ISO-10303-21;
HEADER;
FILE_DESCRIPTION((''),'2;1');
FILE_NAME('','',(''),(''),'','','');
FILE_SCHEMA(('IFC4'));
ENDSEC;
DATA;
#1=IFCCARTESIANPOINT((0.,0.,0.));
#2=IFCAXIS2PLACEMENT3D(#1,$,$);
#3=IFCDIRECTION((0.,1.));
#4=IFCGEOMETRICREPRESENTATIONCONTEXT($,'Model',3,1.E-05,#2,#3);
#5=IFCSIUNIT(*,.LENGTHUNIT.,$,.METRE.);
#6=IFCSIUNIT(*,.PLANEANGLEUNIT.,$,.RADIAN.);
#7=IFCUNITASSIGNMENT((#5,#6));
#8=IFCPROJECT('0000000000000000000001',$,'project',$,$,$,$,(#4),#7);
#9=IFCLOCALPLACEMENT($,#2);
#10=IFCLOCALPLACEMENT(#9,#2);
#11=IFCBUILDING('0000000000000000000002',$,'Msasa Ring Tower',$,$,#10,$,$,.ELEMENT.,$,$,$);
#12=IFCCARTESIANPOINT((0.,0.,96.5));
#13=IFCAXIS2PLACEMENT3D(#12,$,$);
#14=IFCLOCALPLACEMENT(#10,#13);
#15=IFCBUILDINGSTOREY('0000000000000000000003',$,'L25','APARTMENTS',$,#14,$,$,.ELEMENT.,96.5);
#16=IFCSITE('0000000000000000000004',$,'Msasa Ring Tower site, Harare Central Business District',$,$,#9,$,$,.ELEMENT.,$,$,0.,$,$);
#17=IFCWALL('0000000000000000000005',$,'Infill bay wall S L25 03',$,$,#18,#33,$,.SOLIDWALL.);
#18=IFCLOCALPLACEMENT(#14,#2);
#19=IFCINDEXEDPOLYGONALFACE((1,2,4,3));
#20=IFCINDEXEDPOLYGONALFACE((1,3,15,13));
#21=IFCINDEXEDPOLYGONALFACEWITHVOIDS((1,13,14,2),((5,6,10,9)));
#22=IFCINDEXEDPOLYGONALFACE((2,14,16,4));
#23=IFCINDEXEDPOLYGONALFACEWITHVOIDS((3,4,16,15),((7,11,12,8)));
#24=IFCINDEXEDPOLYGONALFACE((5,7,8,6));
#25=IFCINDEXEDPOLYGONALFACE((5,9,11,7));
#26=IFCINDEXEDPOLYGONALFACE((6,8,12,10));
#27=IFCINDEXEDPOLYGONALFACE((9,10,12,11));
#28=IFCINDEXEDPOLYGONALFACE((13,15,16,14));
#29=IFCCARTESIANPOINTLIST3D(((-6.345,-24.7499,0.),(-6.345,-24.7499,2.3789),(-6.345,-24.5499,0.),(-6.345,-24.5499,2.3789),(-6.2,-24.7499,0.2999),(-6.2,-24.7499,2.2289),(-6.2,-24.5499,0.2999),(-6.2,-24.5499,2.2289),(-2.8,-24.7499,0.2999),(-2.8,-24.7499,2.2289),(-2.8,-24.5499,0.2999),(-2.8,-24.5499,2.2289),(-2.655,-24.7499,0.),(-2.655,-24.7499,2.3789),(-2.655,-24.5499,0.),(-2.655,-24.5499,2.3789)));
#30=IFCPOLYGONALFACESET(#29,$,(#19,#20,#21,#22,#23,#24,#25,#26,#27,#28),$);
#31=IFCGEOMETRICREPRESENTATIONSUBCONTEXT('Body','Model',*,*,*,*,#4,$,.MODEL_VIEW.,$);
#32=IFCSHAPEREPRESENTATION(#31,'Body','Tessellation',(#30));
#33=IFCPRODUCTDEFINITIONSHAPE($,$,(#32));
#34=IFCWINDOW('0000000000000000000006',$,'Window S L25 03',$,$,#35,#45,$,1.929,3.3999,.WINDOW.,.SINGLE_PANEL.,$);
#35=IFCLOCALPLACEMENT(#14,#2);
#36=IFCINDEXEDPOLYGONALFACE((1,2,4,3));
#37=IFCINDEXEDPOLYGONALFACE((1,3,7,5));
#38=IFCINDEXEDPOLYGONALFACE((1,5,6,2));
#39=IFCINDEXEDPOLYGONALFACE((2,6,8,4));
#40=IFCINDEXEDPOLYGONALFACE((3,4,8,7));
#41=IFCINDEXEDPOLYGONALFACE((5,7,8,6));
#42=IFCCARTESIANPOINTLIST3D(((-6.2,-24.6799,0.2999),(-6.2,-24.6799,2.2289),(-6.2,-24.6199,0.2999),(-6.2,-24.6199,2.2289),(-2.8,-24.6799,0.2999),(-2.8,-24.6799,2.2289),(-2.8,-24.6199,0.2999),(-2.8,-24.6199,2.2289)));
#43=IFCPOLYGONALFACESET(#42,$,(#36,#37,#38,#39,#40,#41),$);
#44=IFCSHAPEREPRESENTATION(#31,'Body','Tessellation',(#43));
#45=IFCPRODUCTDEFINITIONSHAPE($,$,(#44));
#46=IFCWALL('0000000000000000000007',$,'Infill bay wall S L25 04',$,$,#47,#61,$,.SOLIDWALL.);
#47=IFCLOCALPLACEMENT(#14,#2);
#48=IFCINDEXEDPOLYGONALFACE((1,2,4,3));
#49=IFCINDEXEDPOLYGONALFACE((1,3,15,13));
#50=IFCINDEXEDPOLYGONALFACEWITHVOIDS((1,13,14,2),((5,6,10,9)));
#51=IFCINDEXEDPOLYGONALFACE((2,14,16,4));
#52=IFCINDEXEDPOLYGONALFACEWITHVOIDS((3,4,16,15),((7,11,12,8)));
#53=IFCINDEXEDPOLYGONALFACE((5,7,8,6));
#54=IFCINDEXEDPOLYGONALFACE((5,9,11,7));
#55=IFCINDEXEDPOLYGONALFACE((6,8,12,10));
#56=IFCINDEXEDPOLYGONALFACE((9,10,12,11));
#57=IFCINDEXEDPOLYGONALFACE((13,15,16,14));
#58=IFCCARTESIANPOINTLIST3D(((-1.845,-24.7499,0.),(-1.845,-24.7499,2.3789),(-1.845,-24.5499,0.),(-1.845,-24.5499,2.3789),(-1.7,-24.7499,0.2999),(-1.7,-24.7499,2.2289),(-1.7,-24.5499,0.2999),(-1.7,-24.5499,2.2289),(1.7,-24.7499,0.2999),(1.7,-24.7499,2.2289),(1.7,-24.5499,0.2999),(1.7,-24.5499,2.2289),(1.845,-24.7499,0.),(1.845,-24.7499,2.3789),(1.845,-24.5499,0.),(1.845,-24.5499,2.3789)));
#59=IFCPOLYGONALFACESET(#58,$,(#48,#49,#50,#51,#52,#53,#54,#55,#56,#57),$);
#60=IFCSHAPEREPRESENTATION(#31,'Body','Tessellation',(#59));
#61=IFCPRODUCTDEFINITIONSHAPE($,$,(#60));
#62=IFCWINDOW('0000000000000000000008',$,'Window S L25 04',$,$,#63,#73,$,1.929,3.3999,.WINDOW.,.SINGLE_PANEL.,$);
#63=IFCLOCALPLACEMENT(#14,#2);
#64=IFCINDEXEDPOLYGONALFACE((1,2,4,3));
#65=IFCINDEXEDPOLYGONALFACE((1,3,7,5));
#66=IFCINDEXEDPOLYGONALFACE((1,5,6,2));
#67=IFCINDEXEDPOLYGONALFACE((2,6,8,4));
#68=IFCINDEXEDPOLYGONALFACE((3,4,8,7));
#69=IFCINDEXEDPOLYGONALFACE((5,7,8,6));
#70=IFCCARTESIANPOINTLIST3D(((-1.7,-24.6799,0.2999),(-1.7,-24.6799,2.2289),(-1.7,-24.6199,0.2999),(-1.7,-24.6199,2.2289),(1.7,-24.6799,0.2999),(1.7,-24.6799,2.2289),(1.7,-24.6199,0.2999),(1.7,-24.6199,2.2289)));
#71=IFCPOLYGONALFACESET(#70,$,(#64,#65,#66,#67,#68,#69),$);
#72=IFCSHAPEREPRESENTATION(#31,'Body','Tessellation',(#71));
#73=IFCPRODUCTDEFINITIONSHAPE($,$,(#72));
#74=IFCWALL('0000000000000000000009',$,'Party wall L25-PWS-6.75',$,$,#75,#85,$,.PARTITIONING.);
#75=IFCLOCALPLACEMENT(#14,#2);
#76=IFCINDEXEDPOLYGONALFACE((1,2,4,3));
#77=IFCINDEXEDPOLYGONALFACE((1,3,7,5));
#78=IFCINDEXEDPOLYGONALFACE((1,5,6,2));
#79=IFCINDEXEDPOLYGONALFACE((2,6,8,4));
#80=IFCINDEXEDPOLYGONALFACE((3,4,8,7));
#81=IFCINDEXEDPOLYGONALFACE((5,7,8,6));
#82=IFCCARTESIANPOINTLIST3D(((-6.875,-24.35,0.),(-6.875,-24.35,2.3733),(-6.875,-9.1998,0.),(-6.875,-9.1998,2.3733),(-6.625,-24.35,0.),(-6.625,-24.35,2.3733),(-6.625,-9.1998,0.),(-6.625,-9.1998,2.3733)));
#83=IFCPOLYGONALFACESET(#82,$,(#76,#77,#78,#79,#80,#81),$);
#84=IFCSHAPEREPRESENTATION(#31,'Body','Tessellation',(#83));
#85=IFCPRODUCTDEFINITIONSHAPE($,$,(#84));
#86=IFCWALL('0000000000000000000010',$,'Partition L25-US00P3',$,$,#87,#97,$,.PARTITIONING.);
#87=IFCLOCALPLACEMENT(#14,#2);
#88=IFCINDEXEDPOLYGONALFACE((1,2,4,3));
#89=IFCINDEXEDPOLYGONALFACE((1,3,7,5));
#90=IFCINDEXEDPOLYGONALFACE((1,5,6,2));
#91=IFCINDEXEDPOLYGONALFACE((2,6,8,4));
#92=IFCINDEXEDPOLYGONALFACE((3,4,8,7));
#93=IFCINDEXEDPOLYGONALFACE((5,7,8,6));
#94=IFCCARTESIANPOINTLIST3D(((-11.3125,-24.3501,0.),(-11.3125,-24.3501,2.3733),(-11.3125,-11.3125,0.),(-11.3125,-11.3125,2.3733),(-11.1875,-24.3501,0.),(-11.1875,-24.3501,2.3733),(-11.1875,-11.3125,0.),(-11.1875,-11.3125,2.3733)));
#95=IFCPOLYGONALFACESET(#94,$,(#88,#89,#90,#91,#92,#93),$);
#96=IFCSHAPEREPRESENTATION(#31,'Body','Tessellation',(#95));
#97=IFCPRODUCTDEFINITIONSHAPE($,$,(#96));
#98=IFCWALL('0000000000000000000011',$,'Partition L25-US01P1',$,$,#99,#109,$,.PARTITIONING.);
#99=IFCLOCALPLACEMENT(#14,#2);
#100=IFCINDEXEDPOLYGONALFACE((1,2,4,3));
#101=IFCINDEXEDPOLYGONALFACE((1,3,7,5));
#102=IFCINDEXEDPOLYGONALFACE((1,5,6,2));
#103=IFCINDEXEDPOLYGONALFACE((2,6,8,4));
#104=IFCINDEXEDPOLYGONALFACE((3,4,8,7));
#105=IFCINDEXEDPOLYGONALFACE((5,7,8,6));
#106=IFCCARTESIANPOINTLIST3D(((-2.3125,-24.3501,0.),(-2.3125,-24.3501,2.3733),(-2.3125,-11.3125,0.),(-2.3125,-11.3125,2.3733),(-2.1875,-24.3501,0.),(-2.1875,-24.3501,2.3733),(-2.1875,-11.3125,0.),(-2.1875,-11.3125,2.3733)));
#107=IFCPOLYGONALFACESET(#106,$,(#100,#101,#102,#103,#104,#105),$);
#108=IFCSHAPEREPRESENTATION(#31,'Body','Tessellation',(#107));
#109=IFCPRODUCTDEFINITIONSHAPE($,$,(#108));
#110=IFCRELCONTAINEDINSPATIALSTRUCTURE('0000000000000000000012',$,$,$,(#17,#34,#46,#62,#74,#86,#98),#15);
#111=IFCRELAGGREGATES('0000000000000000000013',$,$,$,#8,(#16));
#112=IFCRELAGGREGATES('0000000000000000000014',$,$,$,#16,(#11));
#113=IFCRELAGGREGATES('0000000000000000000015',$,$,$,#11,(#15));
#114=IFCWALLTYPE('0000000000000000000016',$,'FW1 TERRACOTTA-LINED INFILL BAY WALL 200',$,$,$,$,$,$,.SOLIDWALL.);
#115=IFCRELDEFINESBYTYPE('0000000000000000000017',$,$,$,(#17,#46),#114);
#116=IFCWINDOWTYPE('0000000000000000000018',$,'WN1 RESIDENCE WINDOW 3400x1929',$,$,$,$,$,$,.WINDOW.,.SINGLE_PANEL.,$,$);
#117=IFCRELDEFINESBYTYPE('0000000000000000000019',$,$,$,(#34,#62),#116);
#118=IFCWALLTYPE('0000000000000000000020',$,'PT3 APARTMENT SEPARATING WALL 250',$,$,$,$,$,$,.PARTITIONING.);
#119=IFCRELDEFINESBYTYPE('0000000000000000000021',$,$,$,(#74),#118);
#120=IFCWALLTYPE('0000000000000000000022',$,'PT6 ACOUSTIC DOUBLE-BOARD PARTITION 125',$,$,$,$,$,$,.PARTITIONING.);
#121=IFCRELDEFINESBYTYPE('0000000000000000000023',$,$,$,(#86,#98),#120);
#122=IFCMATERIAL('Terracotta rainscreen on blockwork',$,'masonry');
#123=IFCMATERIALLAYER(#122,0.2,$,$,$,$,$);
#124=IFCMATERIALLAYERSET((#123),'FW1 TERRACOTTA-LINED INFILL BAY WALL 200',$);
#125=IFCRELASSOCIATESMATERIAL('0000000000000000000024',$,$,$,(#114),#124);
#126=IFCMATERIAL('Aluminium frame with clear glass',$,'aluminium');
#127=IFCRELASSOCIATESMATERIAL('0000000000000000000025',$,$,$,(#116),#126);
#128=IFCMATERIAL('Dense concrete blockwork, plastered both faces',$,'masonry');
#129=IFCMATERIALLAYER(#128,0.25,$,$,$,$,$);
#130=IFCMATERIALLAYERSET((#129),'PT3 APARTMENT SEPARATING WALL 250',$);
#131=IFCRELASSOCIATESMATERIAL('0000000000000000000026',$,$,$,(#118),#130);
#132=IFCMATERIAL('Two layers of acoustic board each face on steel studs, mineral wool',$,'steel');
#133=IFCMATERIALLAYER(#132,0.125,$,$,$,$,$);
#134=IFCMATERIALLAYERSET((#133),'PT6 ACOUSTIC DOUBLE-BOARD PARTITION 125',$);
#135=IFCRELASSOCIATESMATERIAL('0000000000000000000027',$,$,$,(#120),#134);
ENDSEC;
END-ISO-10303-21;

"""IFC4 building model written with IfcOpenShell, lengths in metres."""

from ifc_helpers import new_model, si_unit, direction, frame, frame_2d, origin, place, context, subcontext, project, spatial, rectangle, extrude, material, layer, layer_set, type_object, element, fill, save


model = new_model("IFC4")

# Units and contexts
model_context = context("Model", 3, precision=1e-05, world=origin(), true_north=direction((0.0, 1.0)))
body_context = subcontext(model_context, "Body", "Model", "MODEL_VIEW")
ifc_project = project(units=[si_unit("LENGTHUNIT", "METRE"), si_unit("PLANEANGLEUNIT", "RADIAN")], contexts=[model_context])

# Site, building, storey
site_placement = place(None, origin())
site = spatial("IfcSite", under=ifc_project, at=site_placement, Name="Msasa Ring Tower site, Harare Central Business District", CompositionType="ELEMENT", RefElevation=0.0)
building_placement = place(site_placement, origin())
building = spatial("IfcBuilding", under=site, at=building_placement, Name="Msasa Ring Tower", CompositionType="ELEMENT")
storey_placement = place(building_placement, frame((0.0, 0.0, 96.5)))
storey = spatial("IfcBuildingStorey", under=building, at=storey_placement, Name="L25", Description="APARTMENTS", CompositionType="ELEMENT", Elevation=96.5)

# Walls, openings, windows
ifc_material_1 = material(Name="Terracotta rainscreen on blockwork", Category="masonry")
ifc_layer_1 = layer(ifc_material_1, 0.2)
ifc_layer_set_1 = layer_set([ifc_layer_1], Name="FW1 TERRACOTTA-LINED INFILL BAY WALL 200")
wall_type_1 = type_object("IfcWallType", Name="FW1 TERRACOTTA-LINED INFILL BAY WALL 200", PredefinedType="SOLIDWALL", material=ifc_layer_set_1)
ifc_material_2 = material(Name="Aluminium frame with clear glass", Category="aluminium")
window_type = type_object("IfcWindowType", Name="WN1 RESIDENCE WINDOW 3400x1929", PartitioningType="SINGLE_PANEL", PredefinedType="WINDOW", material=ifc_material_2)
wall_1_placement = place(storey_placement, frame((-6.345, -24.6499, 0.0), z_axis=(0.0, 0.0, 1.0), x_axis=(1.0, 0.0, 0.0)))
wall_1 = element("IfcWall", 1, at=wall_1_placement, inside=storey, type_object=wall_type_1, Name="Infill bay wall S L25 03", PredefinedType="SOLIDWALL", context=body_context, shape_type="SweptSolid", body=[
    extrude(rectangle(XDim=3.6899, YDim=0.2, at=frame_2d((1.845, 0.0))), origin(), (0.0, 0.0, 1.0), 2.3789),
])
opening_1_placement = place(wall_1_placement, frame((0.145, 0.0, 0.3)))
opening_1 = element("IfcOpeningElement", 2, at=opening_1_placement, cuts=wall_1, PredefinedType="OPENING", context=body_context, shape_type="SweptSolid", body=[
    extrude(rectangle(XDim=3.3999, YDim=1.929, at=frame_2d((1.7, 0.9644))), frame((0.0, 0.1099, 0.0), z_axis=(0.0, -1.0, 0.0), x_axis=(1.0, 0.0, 0.0)), (0.0, 0.0, 1.0), 0.22),
])
window_1_placement = place(opening_1_placement, origin())
window_1 = element("IfcWindow", 3, at=window_1_placement, inside=storey, type_object=window_type, Name="Window S L25 03", OverallHeight=1.929, OverallWidth=3.3999, PartitioningType="SINGLE_PANEL", PredefinedType="WINDOW", context=body_context, shape_type="SweptSolid", body=[
    extrude(rectangle(XDim=3.3999, YDim=1.929, at=frame_2d((1.7, 0.9644))), frame((0.0, 0.03, 0.0), z_axis=(0.0, -1.0, 0.0), x_axis=(1.0, 0.0, 0.0)), (0.0, 0.0, 1.0), 0.0601),
])
fill(opening_1, window_1)
wall_2_placement = place(storey_placement, frame((-1.845, -24.6499, 0.0), z_axis=(0.0, 0.0, 1.0), x_axis=(1.0, 0.0, 0.0)))
wall_2 = element("IfcWall", 4, at=wall_2_placement, inside=storey, type_object=wall_type_1, Name="Infill bay wall S L25 04", PredefinedType="SOLIDWALL", context=body_context, shape_type="SweptSolid", body=[
    extrude(rectangle(XDim=3.6899, YDim=0.2, at=frame_2d((1.845, 0.0))), origin(), (0.0, 0.0, 1.0), 2.3789),
])
opening_2_placement = place(wall_2_placement, frame((0.145, 0.0, 0.3)))
opening_2 = element("IfcOpeningElement", 5, at=opening_2_placement, cuts=wall_2, PredefinedType="OPENING", context=body_context, shape_type="SweptSolid", body=[
    extrude(rectangle(XDim=3.3999, YDim=1.929, at=frame_2d((1.7, 0.9644))), frame((0.0, 0.1099, 0.0), z_axis=(0.0, -1.0, 0.0), x_axis=(1.0, 0.0, 0.0)), (0.0, 0.0, 1.0), 0.22),
])
window_2_placement = place(opening_2_placement, origin())
window_2 = element("IfcWindow", 6, at=window_2_placement, inside=storey, type_object=window_type, Name="Window S L25 04", OverallHeight=1.929, OverallWidth=3.3999, PartitioningType="SINGLE_PANEL", PredefinedType="WINDOW", context=body_context, shape_type="SweptSolid", body=[
    extrude(rectangle(XDim=3.3999, YDim=1.929, at=frame_2d((1.7, 0.9644))), frame((0.0, 0.03, 0.0), z_axis=(0.0, -1.0, 0.0), x_axis=(1.0, 0.0, 0.0)), (0.0, 0.0, 1.0), 0.0601),
])
fill(opening_2, window_2)

# Walls
ifc_material_3 = material(Name="Dense concrete blockwork, plastered both faces", Category="masonry")
ifc_layer_2 = layer(ifc_material_3, 0.25)
ifc_layer_set_2 = layer_set([ifc_layer_2], Name="PT3 APARTMENT SEPARATING WALL 250")
wall_type_2 = type_object("IfcWallType", Name="PT3 APARTMENT SEPARATING WALL 250", PredefinedType="PARTITIONING", material=ifc_layer_set_2)
wall_3_placement = place(storey_placement, frame((-6.75, -24.3501, 0.0), z_axis=(0.0, 0.0, 1.0), x_axis=(0.0, 1.0, 0.0)))
element("IfcWall", 7, at=wall_3_placement, inside=storey, type_object=wall_type_2, Name="Party wall L25-PWS-6.75", PredefinedType="PARTITIONING", context=body_context, shape_type="SweptSolid", body=[
    extrude(rectangle(XDim=15.1501, YDim=0.25, at=frame_2d((7.5752, 0.0))), origin(), (0.0, 0.0, 1.0), 2.3733),
])
ifc_material_4 = material(Name="Two layers of acoustic board each face on steel studs, mineral wool", Category="steel")
ifc_layer_3 = layer(ifc_material_4, 0.125)
ifc_layer_set_3 = layer_set([ifc_layer_3], Name="PT6 ACOUSTIC DOUBLE-BOARD PARTITION 125")
wall_type_3 = type_object("IfcWallType", Name="PT6 ACOUSTIC DOUBLE-BOARD PARTITION 125", PredefinedType="PARTITIONING", material=ifc_layer_set_3)
for number, where, z_axis, x_axis, name in (
    (8, (-11.25, -24.3501, 0.0), (0.0, 0.0, 1.0), (0.0, 1.0, 0.0), "Partition L25-US00P3"),
    (9, (-2.25, -24.3501, 0.0), (0.0, 0.0, 1.0), (0.0, 1.0, 0.0), "Partition L25-US01P1"),
):
    element("IfcWall", number, at=place(storey_placement, frame(where, z_axis=z_axis, x_axis=x_axis)), inside=storey, type_object=wall_type_3, Name=name, PredefinedType="PARTITIONING", context=body_context, shape_type="SweptSolid", body=[
        extrude(rectangle(XDim=13.0376, YDim=0.125, at=frame_2d((6.5188, 0.0))), origin(), (0.0, 0.0, 1.0), 2.3733),
    ])

save(model, "model.ifc")
